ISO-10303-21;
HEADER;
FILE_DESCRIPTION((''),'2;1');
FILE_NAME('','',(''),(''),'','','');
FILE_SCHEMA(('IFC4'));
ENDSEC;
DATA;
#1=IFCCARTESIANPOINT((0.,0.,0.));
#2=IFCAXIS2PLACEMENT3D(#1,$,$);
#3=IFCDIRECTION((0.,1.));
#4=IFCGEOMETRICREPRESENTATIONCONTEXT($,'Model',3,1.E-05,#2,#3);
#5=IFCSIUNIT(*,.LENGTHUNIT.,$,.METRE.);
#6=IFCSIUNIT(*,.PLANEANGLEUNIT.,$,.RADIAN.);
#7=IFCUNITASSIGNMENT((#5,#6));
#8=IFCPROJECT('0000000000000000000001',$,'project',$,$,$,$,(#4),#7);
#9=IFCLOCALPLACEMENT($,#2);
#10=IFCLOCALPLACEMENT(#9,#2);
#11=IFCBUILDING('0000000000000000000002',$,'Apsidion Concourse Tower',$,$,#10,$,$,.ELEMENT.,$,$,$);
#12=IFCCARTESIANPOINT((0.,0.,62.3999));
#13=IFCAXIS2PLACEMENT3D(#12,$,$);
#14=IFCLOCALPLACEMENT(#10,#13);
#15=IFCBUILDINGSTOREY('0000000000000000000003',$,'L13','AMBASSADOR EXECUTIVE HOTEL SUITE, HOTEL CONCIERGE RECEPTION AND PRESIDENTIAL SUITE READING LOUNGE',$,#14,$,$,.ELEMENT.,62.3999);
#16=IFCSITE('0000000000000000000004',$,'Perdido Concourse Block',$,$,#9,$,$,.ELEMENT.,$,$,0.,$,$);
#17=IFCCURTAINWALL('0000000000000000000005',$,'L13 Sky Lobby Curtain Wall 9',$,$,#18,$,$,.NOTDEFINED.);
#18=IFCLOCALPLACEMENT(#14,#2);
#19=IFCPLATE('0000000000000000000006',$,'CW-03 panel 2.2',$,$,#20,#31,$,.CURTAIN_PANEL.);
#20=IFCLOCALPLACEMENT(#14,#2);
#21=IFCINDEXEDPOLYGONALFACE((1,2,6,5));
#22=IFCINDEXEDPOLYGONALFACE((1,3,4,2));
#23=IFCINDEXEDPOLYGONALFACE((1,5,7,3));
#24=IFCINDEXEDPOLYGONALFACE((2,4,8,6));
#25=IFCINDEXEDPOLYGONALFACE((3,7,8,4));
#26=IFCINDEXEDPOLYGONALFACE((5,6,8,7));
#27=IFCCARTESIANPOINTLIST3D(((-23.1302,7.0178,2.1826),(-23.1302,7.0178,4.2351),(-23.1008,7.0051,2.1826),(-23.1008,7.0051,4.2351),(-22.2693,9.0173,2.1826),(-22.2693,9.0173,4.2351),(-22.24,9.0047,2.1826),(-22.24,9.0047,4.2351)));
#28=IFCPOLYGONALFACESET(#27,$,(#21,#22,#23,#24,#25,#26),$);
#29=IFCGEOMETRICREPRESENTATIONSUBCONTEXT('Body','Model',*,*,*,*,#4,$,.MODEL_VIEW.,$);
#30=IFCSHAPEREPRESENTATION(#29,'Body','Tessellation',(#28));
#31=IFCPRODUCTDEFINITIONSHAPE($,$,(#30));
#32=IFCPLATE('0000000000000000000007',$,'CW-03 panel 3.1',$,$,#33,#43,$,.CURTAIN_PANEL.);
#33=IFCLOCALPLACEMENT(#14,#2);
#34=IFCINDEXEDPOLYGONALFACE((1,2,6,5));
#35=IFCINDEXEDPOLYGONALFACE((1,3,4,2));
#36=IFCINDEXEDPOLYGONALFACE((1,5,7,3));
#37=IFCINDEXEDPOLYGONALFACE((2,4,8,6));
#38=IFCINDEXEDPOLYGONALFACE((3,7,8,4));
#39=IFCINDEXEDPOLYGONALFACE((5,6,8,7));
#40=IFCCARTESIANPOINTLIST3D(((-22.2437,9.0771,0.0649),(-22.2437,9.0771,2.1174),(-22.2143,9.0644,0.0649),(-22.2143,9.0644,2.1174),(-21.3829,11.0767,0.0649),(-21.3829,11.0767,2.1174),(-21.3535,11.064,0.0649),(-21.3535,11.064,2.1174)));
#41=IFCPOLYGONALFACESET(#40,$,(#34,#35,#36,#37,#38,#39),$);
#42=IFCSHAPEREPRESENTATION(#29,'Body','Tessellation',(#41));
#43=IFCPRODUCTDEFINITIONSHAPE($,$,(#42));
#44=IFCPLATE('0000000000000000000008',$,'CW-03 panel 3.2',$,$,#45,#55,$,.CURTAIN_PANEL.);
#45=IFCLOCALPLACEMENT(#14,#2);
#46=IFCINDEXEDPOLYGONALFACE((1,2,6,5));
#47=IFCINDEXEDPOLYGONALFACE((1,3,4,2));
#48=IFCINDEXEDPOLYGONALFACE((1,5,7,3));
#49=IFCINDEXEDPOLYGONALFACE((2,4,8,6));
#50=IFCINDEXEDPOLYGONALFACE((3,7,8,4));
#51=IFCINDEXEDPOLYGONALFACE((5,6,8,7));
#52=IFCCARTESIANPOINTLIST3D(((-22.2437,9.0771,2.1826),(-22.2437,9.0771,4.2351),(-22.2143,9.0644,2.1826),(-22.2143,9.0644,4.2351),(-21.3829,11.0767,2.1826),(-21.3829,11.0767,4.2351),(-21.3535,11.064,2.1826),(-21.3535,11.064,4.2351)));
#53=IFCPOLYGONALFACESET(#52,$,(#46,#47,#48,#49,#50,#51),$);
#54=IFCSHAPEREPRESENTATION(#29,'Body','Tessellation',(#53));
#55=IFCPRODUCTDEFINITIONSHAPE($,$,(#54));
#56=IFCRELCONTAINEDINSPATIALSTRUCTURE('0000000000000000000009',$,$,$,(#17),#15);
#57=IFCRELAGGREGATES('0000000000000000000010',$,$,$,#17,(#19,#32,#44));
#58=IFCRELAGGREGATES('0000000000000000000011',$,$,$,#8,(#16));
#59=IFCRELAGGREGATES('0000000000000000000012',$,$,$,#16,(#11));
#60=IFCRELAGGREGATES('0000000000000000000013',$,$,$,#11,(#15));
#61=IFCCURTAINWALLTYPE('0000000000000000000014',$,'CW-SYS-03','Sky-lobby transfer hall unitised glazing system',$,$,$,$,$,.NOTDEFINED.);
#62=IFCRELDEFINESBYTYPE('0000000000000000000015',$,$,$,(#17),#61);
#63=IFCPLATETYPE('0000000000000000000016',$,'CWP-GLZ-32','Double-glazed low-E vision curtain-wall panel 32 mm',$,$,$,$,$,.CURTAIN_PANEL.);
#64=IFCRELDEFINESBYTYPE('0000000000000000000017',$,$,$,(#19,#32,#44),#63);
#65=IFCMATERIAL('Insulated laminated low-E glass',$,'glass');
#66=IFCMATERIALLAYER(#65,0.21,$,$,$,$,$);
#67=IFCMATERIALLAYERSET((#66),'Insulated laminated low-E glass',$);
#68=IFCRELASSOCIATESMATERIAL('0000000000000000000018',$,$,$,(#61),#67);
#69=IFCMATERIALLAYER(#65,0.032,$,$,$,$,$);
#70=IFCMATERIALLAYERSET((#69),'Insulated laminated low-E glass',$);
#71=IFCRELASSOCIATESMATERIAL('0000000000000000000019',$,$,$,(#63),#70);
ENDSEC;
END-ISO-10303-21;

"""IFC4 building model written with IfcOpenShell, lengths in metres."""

from ifc_helpers import new_model, si_unit, direction, frame, origin, origin_2d, place, context, subcontext, project, spatial, rectangle, extrude, material, layer, layer_set, type_object, element, aggregate, save


model = new_model("IFC4")

# Units and contexts
model_context = context("Model", 3, precision=1e-05, world=origin(), true_north=direction((0.0, 1.0)))
body_context = subcontext(model_context, "Body", "Model", "MODEL_VIEW")
ifc_project = project(units=[si_unit("LENGTHUNIT", "METRE"), si_unit("PLANEANGLEUNIT", "RADIAN")], contexts=[model_context])

# Site, building, storey
site_placement = place(None, origin())
site = spatial("IfcSite", under=ifc_project, at=site_placement, Name="Perdido Concourse Block", CompositionType="ELEMENT", RefElevation=0.0)
building_placement = place(site_placement, origin())
building = spatial("IfcBuilding", under=site, at=building_placement, Name="Apsidion Concourse Tower", CompositionType="ELEMENT")
storey_placement = place(building_placement, frame((0.0, 0.0, 62.3999)))
storey = spatial("IfcBuildingStorey", under=building, at=storey_placement, Name="L13", Description="AMBASSADOR EXECUTIVE HOTEL SUITE, HOTEL CONCIERGE RECEPTION AND PRESIDENTIAL SUITE READING LOUNGE", CompositionType="ELEMENT", Elevation=62.3999)

# Curtain wall, plates
ifc_material_1 = material(Name="Insulated laminated low-E glass", Category="glass")
ifc_layer_1 = layer(ifc_material_1, 0.21)
ifc_layer_set_1 = layer_set([ifc_layer_1], Name="Insulated laminated low-E glass")
curtain_wall_type = type_object("IfcCurtainWallType", Name="CW-SYS-03", Description="Sky-lobby transfer hall unitised glazing system", PredefinedType="NOTDEFINED", material=ifc_layer_set_1)
curtain_wall_placement = place(storey_placement, origin())
curtain_wall = element("IfcCurtainWall", 1, at=curtain_wall_placement, inside=storey, type_object=curtain_wall_type, Name="L13 Sky Lobby Curtain Wall 9", PredefinedType="NOTDEFINED")
ifc_layer_2 = layer(ifc_material_1, 0.032)
ifc_layer_set_2 = layer_set([ifc_layer_2], Name="Insulated laminated low-E glass")
plate_type = type_object("IfcPlateType", Name="CWP-GLZ-32", Description="Double-glazed low-E vision curtain-wall panel 32 mm", PredefinedType="CURTAIN_PANEL", material=ifc_layer_set_2)
plate_1_placement = place(storey_placement, frame((-22.6851, 8.0112, 2.1826), z_axis=(0.0, 0.0, 1.0), x_axis=(0.395419, 0.918501, 0.0)))
plate_1 = element("IfcPlate", 2, at=plate_1_placement, type_object=plate_type, Name="CW-03 panel 2.2", PredefinedType="CURTAIN_PANEL", context=body_context, shape_type="SweptSolid", body=[
    extrude(rectangle(XDim=2.177, YDim=0.032, at=origin_2d()), origin(), (0.0, 0.0, 1.0), 2.0525),
])
plate_2_placement = place(storey_placement, frame((-21.7986, 10.0706, 0.0649), z_axis=(0.0, 0.0, 1.0), x_axis=(0.395419, 0.918501, 0.0)))
plate_2 = element("IfcPlate", 3, at=plate_2_placement, type_object=plate_type, Name="CW-03 panel 3.1", PredefinedType="CURTAIN_PANEL", context=body_context, shape_type="SweptSolid", body=[
    extrude(rectangle(XDim=2.177, YDim=0.032, at=origin_2d()), origin(), (0.0, 0.0, 1.0), 2.0525),
])
plate_3_placement = place(storey_placement, frame((-21.7986, 10.0706, 2.1826), z_axis=(0.0, 0.0, 1.0), x_axis=(0.395419, 0.918501, 0.0)))
plate_3 = element("IfcPlate", 4, at=plate_3_placement, type_object=plate_type, Name="CW-03 panel 3.2", PredefinedType="CURTAIN_PANEL", context=body_context, shape_type="SweptSolid", body=[
    extrude(rectangle(XDim=2.177, YDim=0.032, at=origin_2d()), origin(), (0.0, 0.0, 1.0), 2.0525),
])
aggregate(curtain_wall, [plate_1, plate_2, plate_3])

save(model, "model.ifc")
